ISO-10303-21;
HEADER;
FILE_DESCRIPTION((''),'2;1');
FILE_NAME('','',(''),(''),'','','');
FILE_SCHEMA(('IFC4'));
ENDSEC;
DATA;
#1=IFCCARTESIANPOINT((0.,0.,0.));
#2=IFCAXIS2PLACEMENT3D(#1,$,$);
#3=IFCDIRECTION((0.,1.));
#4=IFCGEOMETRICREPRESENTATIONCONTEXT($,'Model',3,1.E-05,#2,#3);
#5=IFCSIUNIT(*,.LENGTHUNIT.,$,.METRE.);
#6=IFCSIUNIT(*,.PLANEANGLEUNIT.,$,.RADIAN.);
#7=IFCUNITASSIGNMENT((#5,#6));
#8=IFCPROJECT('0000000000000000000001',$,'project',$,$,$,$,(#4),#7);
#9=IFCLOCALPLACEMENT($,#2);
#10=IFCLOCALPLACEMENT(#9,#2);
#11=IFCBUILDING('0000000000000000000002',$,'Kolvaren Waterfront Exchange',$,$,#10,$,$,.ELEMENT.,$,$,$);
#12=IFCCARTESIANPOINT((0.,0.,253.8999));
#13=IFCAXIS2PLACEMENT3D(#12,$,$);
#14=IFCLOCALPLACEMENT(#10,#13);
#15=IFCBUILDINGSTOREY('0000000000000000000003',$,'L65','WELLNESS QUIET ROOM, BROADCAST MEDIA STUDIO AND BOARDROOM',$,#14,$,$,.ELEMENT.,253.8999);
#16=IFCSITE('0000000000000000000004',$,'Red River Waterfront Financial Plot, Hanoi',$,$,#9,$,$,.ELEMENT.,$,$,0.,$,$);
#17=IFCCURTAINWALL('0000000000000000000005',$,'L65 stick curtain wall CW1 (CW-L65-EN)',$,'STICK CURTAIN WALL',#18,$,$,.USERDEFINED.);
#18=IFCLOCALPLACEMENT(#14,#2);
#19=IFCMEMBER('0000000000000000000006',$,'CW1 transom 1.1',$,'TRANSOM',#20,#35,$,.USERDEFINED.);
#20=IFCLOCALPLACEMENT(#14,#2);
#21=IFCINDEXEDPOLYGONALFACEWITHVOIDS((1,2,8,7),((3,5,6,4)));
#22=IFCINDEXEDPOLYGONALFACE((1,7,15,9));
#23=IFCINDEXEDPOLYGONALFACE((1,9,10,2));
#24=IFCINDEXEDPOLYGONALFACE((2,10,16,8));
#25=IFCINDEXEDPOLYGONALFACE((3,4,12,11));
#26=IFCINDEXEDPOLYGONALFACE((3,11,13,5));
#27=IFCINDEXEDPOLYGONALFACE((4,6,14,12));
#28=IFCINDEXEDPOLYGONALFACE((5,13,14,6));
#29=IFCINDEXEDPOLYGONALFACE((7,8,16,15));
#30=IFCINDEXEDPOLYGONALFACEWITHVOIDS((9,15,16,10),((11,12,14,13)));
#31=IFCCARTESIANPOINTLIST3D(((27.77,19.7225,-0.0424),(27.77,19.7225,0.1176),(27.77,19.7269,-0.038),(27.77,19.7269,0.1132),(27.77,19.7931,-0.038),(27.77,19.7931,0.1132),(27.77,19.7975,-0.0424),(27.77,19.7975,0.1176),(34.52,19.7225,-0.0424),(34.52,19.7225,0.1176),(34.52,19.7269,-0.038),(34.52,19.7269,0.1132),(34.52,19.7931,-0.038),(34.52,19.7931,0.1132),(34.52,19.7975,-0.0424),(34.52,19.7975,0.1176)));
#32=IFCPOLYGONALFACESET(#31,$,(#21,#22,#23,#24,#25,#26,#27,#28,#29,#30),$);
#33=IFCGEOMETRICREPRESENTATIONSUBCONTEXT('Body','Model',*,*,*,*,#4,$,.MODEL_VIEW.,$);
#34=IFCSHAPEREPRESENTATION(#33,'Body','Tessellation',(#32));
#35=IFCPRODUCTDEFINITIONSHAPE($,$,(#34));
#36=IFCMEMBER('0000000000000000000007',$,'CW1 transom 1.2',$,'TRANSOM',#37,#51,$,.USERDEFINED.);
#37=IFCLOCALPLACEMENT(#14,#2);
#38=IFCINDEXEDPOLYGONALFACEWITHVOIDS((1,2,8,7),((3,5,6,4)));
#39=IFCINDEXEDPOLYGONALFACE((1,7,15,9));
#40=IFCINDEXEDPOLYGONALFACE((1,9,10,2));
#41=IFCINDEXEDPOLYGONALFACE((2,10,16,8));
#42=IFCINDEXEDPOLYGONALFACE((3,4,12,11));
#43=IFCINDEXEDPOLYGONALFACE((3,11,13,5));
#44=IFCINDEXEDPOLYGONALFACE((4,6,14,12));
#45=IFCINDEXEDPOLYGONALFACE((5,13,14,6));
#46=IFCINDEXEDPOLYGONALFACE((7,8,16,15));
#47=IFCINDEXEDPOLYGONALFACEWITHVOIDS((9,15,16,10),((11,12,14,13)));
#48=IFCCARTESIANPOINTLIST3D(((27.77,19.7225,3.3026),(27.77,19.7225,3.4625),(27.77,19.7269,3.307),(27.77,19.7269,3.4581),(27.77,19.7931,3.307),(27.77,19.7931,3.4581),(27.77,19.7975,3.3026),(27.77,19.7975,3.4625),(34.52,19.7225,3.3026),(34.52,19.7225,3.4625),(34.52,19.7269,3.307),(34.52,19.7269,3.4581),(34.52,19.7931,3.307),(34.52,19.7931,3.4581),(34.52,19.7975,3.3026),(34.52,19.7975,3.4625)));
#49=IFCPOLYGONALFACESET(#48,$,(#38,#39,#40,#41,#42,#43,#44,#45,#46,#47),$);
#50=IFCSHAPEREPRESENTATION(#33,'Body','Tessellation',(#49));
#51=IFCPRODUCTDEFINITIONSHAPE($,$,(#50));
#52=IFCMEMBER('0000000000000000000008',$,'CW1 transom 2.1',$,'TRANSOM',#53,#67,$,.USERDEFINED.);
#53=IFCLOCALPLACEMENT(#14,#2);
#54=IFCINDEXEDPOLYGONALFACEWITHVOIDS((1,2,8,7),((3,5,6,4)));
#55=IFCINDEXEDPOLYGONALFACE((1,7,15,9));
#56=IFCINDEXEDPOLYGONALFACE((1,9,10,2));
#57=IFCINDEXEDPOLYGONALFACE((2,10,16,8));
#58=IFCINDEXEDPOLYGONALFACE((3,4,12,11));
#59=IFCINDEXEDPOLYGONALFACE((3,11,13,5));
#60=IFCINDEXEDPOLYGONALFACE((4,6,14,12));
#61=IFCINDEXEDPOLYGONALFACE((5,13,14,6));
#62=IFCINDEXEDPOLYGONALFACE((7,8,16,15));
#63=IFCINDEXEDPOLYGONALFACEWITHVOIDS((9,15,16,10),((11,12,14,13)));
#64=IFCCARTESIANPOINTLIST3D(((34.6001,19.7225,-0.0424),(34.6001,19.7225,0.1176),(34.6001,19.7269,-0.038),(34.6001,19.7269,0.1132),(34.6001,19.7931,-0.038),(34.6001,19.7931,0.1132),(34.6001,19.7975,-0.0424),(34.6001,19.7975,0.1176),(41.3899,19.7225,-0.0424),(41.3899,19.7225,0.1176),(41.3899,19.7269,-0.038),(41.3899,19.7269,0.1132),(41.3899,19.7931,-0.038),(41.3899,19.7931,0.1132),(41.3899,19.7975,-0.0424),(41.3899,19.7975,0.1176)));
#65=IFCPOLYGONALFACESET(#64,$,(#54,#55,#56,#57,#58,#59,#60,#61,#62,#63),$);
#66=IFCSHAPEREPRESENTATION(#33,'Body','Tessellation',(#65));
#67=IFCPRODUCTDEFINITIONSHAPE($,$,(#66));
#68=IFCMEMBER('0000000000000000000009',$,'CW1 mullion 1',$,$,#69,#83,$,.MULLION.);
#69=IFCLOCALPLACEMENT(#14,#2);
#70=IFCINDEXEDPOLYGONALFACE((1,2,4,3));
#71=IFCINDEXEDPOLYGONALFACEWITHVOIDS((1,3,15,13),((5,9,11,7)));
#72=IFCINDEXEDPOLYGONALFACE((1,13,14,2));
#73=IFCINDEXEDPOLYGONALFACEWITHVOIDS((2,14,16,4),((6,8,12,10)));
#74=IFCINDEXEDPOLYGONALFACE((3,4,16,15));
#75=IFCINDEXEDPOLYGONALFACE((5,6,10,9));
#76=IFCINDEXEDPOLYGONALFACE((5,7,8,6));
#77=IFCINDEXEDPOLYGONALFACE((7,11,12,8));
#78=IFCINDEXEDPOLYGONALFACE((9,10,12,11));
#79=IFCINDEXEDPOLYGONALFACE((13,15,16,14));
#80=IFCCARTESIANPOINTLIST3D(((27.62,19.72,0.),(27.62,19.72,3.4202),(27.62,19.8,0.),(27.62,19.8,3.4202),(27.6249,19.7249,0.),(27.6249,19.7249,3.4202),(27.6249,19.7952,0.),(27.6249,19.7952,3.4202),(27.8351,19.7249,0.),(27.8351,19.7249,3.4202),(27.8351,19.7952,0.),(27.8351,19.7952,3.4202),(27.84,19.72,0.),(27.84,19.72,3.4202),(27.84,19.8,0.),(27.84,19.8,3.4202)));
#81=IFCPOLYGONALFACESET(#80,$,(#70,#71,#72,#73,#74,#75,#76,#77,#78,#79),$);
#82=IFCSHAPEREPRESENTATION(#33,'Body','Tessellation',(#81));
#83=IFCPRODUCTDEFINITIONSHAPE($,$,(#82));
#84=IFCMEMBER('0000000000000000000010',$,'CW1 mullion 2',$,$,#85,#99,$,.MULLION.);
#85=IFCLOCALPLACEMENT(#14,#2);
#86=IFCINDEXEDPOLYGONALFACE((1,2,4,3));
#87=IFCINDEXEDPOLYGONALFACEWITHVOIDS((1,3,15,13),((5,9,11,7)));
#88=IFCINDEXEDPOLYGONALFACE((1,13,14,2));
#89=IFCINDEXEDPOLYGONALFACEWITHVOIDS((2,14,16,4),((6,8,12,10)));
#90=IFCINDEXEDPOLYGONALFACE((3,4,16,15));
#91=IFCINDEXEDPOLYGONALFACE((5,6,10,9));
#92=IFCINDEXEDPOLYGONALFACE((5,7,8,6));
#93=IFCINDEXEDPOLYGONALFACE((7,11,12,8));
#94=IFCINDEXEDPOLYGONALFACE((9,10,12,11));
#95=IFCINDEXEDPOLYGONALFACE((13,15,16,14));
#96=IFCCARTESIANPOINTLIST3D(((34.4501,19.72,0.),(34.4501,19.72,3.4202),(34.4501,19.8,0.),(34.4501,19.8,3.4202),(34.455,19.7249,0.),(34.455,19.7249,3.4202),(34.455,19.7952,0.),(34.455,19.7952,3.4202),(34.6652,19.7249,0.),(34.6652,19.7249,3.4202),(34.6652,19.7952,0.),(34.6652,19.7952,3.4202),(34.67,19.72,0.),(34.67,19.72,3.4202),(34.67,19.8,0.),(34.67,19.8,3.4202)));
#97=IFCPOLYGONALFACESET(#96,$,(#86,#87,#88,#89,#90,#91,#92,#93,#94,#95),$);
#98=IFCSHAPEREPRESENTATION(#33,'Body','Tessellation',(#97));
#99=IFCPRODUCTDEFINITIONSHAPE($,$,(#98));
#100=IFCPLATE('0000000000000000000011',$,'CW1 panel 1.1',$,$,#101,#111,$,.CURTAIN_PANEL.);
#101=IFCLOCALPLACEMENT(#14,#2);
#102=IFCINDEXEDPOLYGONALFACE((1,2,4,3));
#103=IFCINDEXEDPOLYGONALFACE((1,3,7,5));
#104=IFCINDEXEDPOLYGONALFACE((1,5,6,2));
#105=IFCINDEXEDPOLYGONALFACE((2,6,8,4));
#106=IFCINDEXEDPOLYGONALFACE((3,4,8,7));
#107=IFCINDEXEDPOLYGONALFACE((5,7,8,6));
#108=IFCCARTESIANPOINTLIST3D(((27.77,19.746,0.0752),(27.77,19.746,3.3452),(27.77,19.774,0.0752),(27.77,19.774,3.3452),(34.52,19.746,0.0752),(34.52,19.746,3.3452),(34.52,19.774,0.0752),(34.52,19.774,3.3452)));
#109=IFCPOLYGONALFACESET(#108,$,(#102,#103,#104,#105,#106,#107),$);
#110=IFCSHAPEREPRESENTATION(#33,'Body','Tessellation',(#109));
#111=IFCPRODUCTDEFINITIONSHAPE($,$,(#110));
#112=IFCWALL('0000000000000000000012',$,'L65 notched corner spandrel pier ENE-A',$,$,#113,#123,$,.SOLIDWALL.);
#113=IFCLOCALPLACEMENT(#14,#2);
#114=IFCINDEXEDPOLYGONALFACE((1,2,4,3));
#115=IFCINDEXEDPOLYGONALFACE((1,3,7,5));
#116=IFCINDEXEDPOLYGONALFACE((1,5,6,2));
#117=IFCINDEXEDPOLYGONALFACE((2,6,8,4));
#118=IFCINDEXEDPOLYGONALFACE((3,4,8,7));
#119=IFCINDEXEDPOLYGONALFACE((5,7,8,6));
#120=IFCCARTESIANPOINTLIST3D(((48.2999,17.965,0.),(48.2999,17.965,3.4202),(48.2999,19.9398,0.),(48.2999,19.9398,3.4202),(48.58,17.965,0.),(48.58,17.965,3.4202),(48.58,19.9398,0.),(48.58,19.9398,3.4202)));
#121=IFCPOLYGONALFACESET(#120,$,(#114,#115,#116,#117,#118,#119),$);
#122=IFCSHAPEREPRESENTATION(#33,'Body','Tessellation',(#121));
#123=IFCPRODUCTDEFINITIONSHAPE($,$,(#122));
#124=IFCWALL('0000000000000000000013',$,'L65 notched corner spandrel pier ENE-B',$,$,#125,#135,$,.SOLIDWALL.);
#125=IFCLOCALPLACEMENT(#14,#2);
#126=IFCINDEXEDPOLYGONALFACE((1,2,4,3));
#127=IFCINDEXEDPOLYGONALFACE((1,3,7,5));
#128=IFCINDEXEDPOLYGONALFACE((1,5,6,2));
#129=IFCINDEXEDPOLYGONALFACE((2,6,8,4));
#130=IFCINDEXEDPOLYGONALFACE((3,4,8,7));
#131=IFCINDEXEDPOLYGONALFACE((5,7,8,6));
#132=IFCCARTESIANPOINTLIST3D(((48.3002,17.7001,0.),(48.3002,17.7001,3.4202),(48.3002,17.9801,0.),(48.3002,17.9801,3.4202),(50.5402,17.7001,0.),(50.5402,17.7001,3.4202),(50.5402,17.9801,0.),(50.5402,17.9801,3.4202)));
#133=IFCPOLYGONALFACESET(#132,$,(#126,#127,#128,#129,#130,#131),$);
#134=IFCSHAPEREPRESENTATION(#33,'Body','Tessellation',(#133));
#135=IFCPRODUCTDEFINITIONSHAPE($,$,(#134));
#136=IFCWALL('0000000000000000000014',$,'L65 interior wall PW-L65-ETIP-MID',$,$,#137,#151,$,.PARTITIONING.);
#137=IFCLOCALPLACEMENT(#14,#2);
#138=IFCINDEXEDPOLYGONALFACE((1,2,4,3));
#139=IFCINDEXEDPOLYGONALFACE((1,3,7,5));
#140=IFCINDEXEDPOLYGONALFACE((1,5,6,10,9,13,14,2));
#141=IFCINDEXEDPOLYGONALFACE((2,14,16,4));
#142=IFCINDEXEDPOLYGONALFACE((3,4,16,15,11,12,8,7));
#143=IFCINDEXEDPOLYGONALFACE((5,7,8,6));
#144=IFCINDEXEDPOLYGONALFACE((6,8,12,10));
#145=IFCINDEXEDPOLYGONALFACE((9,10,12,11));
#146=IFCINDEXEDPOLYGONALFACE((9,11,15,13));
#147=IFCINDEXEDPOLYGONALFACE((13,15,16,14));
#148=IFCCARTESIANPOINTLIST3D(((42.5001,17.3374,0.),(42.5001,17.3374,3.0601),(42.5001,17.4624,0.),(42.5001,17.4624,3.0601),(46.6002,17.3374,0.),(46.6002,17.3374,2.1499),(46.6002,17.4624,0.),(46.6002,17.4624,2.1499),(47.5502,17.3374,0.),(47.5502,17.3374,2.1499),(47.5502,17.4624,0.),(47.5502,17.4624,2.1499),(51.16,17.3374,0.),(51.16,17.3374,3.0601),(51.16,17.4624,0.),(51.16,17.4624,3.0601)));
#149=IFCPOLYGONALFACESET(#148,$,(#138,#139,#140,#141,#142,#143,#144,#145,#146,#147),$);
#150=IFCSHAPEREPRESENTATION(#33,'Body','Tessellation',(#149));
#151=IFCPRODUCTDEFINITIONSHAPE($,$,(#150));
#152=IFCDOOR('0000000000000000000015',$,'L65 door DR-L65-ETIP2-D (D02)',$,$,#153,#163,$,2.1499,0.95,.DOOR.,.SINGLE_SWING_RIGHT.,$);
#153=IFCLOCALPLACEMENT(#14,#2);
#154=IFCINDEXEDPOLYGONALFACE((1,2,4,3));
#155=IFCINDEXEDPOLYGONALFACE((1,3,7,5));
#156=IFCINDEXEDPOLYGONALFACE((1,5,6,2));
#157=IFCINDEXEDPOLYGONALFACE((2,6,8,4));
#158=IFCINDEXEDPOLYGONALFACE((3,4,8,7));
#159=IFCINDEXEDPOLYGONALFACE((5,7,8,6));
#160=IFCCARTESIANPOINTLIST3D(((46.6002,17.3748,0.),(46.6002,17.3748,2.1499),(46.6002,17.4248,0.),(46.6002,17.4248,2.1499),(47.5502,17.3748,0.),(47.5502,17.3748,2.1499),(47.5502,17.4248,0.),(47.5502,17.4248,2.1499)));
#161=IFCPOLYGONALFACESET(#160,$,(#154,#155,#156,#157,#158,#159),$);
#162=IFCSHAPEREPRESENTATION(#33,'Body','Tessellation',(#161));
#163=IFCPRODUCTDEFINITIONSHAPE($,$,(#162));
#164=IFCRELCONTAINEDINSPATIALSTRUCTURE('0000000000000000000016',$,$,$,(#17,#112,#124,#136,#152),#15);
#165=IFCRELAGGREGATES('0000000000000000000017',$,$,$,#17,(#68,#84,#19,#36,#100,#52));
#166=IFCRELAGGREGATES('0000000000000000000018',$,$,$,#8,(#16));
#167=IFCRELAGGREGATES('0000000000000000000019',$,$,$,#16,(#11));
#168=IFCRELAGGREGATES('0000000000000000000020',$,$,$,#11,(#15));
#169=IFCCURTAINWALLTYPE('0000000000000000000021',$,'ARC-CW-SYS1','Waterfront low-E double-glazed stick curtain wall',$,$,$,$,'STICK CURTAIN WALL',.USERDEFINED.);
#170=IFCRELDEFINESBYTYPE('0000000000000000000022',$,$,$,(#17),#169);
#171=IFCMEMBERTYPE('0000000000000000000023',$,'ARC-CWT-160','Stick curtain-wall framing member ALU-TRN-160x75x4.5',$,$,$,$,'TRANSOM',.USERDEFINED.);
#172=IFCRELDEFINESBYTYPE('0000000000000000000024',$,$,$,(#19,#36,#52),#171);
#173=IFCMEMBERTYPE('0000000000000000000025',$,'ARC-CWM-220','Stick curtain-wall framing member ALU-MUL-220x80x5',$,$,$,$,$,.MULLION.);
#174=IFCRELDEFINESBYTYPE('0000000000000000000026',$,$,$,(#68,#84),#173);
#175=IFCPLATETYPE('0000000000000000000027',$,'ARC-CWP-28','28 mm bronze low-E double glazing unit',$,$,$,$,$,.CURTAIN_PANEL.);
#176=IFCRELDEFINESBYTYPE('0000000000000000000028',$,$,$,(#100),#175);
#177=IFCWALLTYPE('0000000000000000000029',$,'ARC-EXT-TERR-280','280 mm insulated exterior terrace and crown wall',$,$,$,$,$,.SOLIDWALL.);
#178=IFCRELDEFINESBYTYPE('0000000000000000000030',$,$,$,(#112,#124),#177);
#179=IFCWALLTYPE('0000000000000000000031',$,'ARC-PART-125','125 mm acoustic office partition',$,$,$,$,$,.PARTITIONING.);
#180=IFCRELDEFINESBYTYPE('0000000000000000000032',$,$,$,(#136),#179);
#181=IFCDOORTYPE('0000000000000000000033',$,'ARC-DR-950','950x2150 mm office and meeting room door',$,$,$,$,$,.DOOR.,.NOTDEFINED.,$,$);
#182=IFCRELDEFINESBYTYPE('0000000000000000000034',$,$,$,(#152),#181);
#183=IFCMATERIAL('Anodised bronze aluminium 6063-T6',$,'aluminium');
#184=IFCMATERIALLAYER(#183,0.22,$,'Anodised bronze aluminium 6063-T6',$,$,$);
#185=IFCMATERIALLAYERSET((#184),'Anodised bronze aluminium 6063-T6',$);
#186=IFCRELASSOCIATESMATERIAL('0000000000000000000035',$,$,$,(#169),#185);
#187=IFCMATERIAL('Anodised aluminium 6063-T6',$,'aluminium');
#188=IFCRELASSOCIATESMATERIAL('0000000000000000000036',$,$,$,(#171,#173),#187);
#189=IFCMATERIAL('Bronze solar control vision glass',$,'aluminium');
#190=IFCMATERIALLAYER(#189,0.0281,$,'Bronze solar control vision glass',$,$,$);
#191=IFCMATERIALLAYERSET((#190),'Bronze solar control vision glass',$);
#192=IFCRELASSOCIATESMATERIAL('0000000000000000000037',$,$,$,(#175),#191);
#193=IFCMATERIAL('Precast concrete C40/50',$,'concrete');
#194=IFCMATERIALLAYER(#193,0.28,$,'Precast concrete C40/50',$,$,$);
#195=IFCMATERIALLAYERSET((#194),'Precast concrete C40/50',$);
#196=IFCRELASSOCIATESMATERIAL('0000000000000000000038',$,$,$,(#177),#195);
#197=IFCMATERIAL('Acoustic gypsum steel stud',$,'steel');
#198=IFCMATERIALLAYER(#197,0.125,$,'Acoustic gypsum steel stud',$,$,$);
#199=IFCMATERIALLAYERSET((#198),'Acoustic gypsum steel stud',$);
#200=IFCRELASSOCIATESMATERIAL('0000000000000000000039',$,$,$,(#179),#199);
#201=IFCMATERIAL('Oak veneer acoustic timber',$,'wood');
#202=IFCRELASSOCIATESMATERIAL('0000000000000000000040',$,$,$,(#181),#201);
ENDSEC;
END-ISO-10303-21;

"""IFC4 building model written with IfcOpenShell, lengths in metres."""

from ifc_helpers import new_model, si_unit, direction, frame, frame_2d, origin, origin_with_axes, origin_2d, place, context, subcontext, project, spatial, rectangle, hollow_rectangle, extrude, source, transform, mapped, material, layer, layer_set, material_profile, profile_set, type_object, element, fill, aggregate, save


model = new_model("IFC4")

# Units and contexts
model_context = context("Model", 3, precision=1e-05, world=origin(), true_north=direction((0.0, 1.0)))
body_context = subcontext(model_context, "Body", "Model", "MODEL_VIEW")
ifc_project = project(units=[si_unit("LENGTHUNIT", "METRE"), si_unit("PLANEANGLEUNIT", "RADIAN")], contexts=[model_context])

# Site, building, storey
site_placement = place(None, origin())
site = spatial("IfcSite", under=ifc_project, at=site_placement, Name="Red River Waterfront Financial Plot, Hanoi", CompositionType="ELEMENT", RefElevation=0.0)
building_placement = place(site_placement, origin())
building = spatial("IfcBuilding", under=site, at=building_placement, Name="Kolvaren Waterfront Exchange", CompositionType="ELEMENT")
storey_placement = place(building_placement, frame((0.0, 0.0, 253.8999)))
storey = spatial("IfcBuildingStorey", under=building, at=storey_placement, Name="L65", Description="WELLNESS QUIET ROOM, BROADCAST MEDIA STUDIO AND BOARDROOM", CompositionType="ELEMENT", Elevation=253.8999)

# Curtain wall, members, plate
ifc_material_1 = material(Name="Anodised bronze aluminium 6063-T6", Category="aluminium")
ifc_layer_1 = layer(ifc_material_1, 0.22, Name="Anodised bronze aluminium 6063-T6")
ifc_layer_set_1 = layer_set([ifc_layer_1], Name="Anodised bronze aluminium 6063-T6")
curtain_wall_type = type_object("IfcCurtainWallType", Name="ARC-CW-SYS1", Description="Waterfront low-E double-glazed stick curtain wall", ElementType="STICK CURTAIN WALL", PredefinedType="USERDEFINED", material=ifc_layer_set_1)
curtain_wall_placement = place(storey_placement, origin())
curtain_wall = element("IfcCurtainWall", 1, at=curtain_wall_placement, inside=storey, type_object=curtain_wall_type, Name="L65 stick curtain wall CW1 (CW-L65-EN)", ObjectType="STICK CURTAIN WALL", PredefinedType="USERDEFINED")
ifc_material_2 = material(Name="Anodised aluminium 6063-T6", Category="aluminium")
ifc_material_profile_1 = material_profile(ifc_material_2, hollow_rectangle(XDim=0.075, YDim=0.1599, WallThickness=0.0044, at=origin_2d()), Name="ALU-TRN-160x75x4.5")
ifc_profile_set_1 = profile_set([ifc_material_profile_1], Name="Anodised aluminium 6063-T6")
member_type_1 = type_object("IfcMemberType", Name="ARC-CWT-160", Description="Stick curtain-wall framing member ALU-TRN-160x75x4.5", ElementType="TRANSOM", PredefinedType="USERDEFINED", material=ifc_profile_set_1)
shared_shape_1 = source(origin_with_axes(), body_context, "Body", "SweptSolid", [
    extrude(hollow_rectangle(XDim=0.075, YDim=0.1599, WallThickness=0.0044, at=origin_2d()), origin(), (0.0, 0.0, 1.0), 6.75),
])
member_1_placement = place(storey_placement, frame((27.77, 19.76, 0.0376), z_axis=(1.0, 0.0, 0.0), x_axis=(0.0, 1.0, 0.0)))
member_1 = element("IfcMember", 2, at=member_1_placement, type_object=member_type_1, Name="CW1 transom 1.1", ObjectType="TRANSOM", PredefinedType="USERDEFINED", context=body_context, shape_type="MappedRepresentation", body=[
    mapped(shared_shape_1, transform((0.0, 0.0, 0.0), x_axis=(1.0, 0.0, 0.0), y_axis=(0.0, 1.0, 0.0), z_axis=(0.0, 0.0, 1.0), scale=1.0)),
])
member_2_placement = place(storey_placement, frame((27.77, 19.76, 3.3826), z_axis=(1.0, 0.0, 0.0), x_axis=(0.0, 1.0, 0.0)))
member_2 = element("IfcMember", 3, at=member_2_placement, type_object=member_type_1, Name="CW1 transom 1.2", ObjectType="TRANSOM", PredefinedType="USERDEFINED", context=body_context, shape_type="MappedRepresentation", body=[
    mapped(shared_shape_1, transform((0.0, 0.0, 0.0), x_axis=(1.0, 0.0, 0.0), y_axis=(0.0, 1.0, 0.0), z_axis=(0.0, 0.0, 1.0), scale=1.0)),
])
shared_shape_2 = source(origin_with_axes(), body_context, "Body", "SweptSolid", [
    extrude(hollow_rectangle(XDim=0.075, YDim=0.1599, WallThickness=0.0044, at=origin_2d()), origin(), (0.0, 0.0, 1.0), 6.7898),
])
member_3_placement = place(storey_placement, frame((34.6001, 19.76, 0.0376), z_axis=(1.0, 0.0, 0.0), x_axis=(0.0, 1.0, 0.0)))
member_3 = element("IfcMember", 4, at=member_3_placement, type_object=member_type_1, Name="CW1 transom 2.1", ObjectType="TRANSOM", PredefinedType="USERDEFINED", context=body_context, shape_type="MappedRepresentation", body=[
    mapped(shared_shape_2, transform((0.0, 0.0, 0.0), x_axis=(1.0, 0.0, 0.0), y_axis=(0.0, 1.0, 0.0), z_axis=(0.0, 0.0, 1.0), scale=1.0)),
])
ifc_material_profile_2 = material_profile(ifc_material_2, hollow_rectangle(XDim=0.0801, YDim=0.22, WallThickness=0.0049, at=origin_2d()), Name="ALU-MUL-220x80x5")
ifc_profile_set_2 = profile_set([ifc_material_profile_2], Name="Anodised aluminium 6063-T6")
member_type_2 = type_object("IfcMemberType", Name="ARC-CWM-220", Description="Stick curtain-wall framing member ALU-MUL-220x80x5", PredefinedType="MULLION", material=ifc_profile_set_2)
shared_shape_3 = source(origin_with_axes(), body_context, "Body", "SweptSolid", [
    extrude(hollow_rectangle(XDim=0.0801, YDim=0.22, WallThickness=0.0049, at=origin_2d()), origin(), (0.0, 0.0, 1.0), 3.4202),
])
member_4_placement = place(storey_placement, frame((27.73, 19.76, 0.0), z_axis=(0.0, 0.0, 1.0), x_axis=(0.0, 1.0, 0.0)))
member_4 = element("IfcMember", 5, at=member_4_placement, type_object=member_type_2, Name="CW1 mullion 1", PredefinedType="MULLION", context=body_context, shape_type="MappedRepresentation", body=[
    mapped(shared_shape_3, transform((0.0, 0.0, 0.0), x_axis=(1.0, 0.0, 0.0), y_axis=(0.0, 1.0, 0.0), z_axis=(0.0, 0.0, 1.0), scale=1.0)),
])
member_5_placement = place(storey_placement, frame((34.5601, 19.76, 0.0), z_axis=(0.0, 0.0, 1.0), x_axis=(0.0, 1.0, 0.0)))
member_5 = element("IfcMember", 6, at=member_5_placement, type_object=member_type_2, Name="CW1 mullion 2", PredefinedType="MULLION", context=body_context, shape_type="MappedRepresentation", body=[
    mapped(shared_shape_3, transform((0.0, 0.0, 0.0), x_axis=(1.0, 0.0, 0.0), y_axis=(0.0, 1.0, 0.0), z_axis=(0.0, 0.0, 1.0), scale=1.0)),
])
ifc_material_3 = material(Name="Bronze solar control vision glass", Category="aluminium")
ifc_layer_2 = layer(ifc_material_3, 0.0281, Name="Bronze solar control vision glass")
ifc_layer_set_2 = layer_set([ifc_layer_2], Name="Bronze solar control vision glass")
plate_type = type_object("IfcPlateType", Name="ARC-CWP-28", Description="28 mm bronze low-E double glazing unit", PredefinedType="CURTAIN_PANEL", material=ifc_layer_set_2)
shared_shape_4 = source(origin_with_axes(), body_context, "Body", "SweptSolid", [
    extrude(rectangle(XDim=6.75, YDim=0.0281, at=origin_2d()), origin(), (0.0, 0.0, 1.0), 3.27),
])
plate_placement = place(storey_placement, frame((31.145, 19.76, 0.0752), z_axis=(0.0, 0.0, 1.0), x_axis=(1.0, 0.0, 0.0)))
plate = element("IfcPlate", 7, at=plate_placement, type_object=plate_type, Name="CW1 panel 1.1", PredefinedType="CURTAIN_PANEL", context=body_context, shape_type="MappedRepresentation", body=[
    mapped(shared_shape_4, transform((0.0, 0.0, 0.0), x_axis=(1.0, 0.0, 0.0), y_axis=(0.0, 1.0, 0.0), z_axis=(0.0, 0.0, 1.0), scale=1.0)),
])
aggregate(curtain_wall, [member_4, member_5, member_1, member_2, plate, member_3])

# Walls
ifc_material_4 = material(Name="Precast concrete C40/50", Category="concrete")
ifc_layer_3 = layer(ifc_material_4, 0.28, Name="Precast concrete C40/50")
ifc_layer_set_3 = layer_set([ifc_layer_3], Name="Precast concrete C40/50")
wall_type_1 = type_object("IfcWallType", Name="ARC-EXT-TERR-280", Description="280 mm insulated exterior terrace and crown wall", PredefinedType="SOLIDWALL", material=ifc_layer_set_3)
wall_1_placement = place(storey_placement, frame((48.4399, 17.9651, 0.0), z_axis=(0.0, 0.0, 1.0), x_axis=(0.0, 1.0, 0.0)))
element("IfcWall", 8, at=wall_1_placement, inside=storey, type_object=wall_type_1, Name="L65 notched corner spandrel pier ENE-A", PredefinedType="SOLIDWALL", context=body_context, shape_type="SweptSolid", body=[
    extrude(rectangle(XDim=1.9749, YDim=0.28, at=frame_2d((0.9873, 0.0))), origin(), (0.0, 0.0, 1.0), 3.4202),
])
wall_2_placement = place(storey_placement, frame((48.3, 17.8401, 0.0), z_axis=(0.0, 0.0, 1.0), x_axis=(1.0, 0.0, 0.0)))
element("IfcWall", 9, at=wall_2_placement, inside=storey, type_object=wall_type_1, Name="L65 notched corner spandrel pier ENE-B", PredefinedType="SOLIDWALL", context=body_context, shape_type="SweptSolid", body=[
    extrude(rectangle(XDim=2.24, YDim=0.28, at=frame_2d((1.1201, 0.0))), origin(), (0.0, 0.0, 1.0), 3.4202),
])

# Wall, opening, door
ifc_material_5 = material(Name="Acoustic gypsum steel stud", Category="steel")
ifc_layer_4 = layer(ifc_material_5, 0.125, Name="Acoustic gypsum steel stud")
ifc_layer_set_4 = layer_set([ifc_layer_4], Name="Acoustic gypsum steel stud")
wall_type_2 = type_object("IfcWallType", Name="ARC-PART-125", Description="125 mm acoustic office partition", PredefinedType="PARTITIONING", material=ifc_layer_set_4)
wall_3_placement = place(storey_placement, frame((42.5, 17.3999, 0.0), z_axis=(0.0, 0.0, 1.0), x_axis=(1.0, 0.0, 0.0)))
wall_3 = element("IfcWall", 10, at=wall_3_placement, inside=storey, type_object=wall_type_2, Name="L65 interior wall PW-L65-ETIP-MID", PredefinedType="PARTITIONING", context=body_context, shape_type="SweptSolid", body=[
    extrude(rectangle(XDim=8.6599, YDim=0.125, at=frame_2d((4.3301, 0.0))), origin(), (0.0, 0.0, 1.0), 3.0601),
])
opening_placement = place(wall_3_placement, frame((4.1001, 0.0, 0.0)))
opening = element("IfcOpeningElement", 11, at=opening_placement, cuts=wall_3, PredefinedType="OPENING", context=body_context, shape_type="SweptSolid", body=[
    extrude(rectangle(XDim=0.95, YDim=2.1499, at=frame_2d((0.4751, 1.075))), frame((0.0, 0.0725, 0.0), z_axis=(0.0, -1.0, 0.0), x_axis=(1.0, 0.0, 0.0)), (0.0, 0.0, 1.0), 0.145),
])
ifc_material_6 = material(Name="Oak veneer acoustic timber", Category="wood")
door_type = type_object("IfcDoorType", Name="ARC-DR-950", Description="950x2150 mm office and meeting room door", OperationType="NOTDEFINED", PredefinedType="DOOR", material=ifc_material_6)
door_placement = place(opening_placement, origin())
door = element("IfcDoor", 12, at=door_placement, inside=storey, type_object=door_type, Name="L65 door DR-L65-ETIP2-D (D02)", OperationType="SINGLE_SWING_RIGHT", OverallHeight=2.1499, OverallWidth=0.95, PredefinedType="DOOR", context=body_context, shape_type="SweptSolid", body=[
    extrude(rectangle(XDim=0.95, YDim=2.1499, at=frame_2d((0.4751, 1.075))), frame((0.0, 0.0249, 0.0), z_axis=(0.0, -1.0, 0.0), x_axis=(1.0, 0.0, 0.0)), (0.0, 0.0, 1.0), 0.05),
])
fill(opening, door)

save(model, "model.ifc")
